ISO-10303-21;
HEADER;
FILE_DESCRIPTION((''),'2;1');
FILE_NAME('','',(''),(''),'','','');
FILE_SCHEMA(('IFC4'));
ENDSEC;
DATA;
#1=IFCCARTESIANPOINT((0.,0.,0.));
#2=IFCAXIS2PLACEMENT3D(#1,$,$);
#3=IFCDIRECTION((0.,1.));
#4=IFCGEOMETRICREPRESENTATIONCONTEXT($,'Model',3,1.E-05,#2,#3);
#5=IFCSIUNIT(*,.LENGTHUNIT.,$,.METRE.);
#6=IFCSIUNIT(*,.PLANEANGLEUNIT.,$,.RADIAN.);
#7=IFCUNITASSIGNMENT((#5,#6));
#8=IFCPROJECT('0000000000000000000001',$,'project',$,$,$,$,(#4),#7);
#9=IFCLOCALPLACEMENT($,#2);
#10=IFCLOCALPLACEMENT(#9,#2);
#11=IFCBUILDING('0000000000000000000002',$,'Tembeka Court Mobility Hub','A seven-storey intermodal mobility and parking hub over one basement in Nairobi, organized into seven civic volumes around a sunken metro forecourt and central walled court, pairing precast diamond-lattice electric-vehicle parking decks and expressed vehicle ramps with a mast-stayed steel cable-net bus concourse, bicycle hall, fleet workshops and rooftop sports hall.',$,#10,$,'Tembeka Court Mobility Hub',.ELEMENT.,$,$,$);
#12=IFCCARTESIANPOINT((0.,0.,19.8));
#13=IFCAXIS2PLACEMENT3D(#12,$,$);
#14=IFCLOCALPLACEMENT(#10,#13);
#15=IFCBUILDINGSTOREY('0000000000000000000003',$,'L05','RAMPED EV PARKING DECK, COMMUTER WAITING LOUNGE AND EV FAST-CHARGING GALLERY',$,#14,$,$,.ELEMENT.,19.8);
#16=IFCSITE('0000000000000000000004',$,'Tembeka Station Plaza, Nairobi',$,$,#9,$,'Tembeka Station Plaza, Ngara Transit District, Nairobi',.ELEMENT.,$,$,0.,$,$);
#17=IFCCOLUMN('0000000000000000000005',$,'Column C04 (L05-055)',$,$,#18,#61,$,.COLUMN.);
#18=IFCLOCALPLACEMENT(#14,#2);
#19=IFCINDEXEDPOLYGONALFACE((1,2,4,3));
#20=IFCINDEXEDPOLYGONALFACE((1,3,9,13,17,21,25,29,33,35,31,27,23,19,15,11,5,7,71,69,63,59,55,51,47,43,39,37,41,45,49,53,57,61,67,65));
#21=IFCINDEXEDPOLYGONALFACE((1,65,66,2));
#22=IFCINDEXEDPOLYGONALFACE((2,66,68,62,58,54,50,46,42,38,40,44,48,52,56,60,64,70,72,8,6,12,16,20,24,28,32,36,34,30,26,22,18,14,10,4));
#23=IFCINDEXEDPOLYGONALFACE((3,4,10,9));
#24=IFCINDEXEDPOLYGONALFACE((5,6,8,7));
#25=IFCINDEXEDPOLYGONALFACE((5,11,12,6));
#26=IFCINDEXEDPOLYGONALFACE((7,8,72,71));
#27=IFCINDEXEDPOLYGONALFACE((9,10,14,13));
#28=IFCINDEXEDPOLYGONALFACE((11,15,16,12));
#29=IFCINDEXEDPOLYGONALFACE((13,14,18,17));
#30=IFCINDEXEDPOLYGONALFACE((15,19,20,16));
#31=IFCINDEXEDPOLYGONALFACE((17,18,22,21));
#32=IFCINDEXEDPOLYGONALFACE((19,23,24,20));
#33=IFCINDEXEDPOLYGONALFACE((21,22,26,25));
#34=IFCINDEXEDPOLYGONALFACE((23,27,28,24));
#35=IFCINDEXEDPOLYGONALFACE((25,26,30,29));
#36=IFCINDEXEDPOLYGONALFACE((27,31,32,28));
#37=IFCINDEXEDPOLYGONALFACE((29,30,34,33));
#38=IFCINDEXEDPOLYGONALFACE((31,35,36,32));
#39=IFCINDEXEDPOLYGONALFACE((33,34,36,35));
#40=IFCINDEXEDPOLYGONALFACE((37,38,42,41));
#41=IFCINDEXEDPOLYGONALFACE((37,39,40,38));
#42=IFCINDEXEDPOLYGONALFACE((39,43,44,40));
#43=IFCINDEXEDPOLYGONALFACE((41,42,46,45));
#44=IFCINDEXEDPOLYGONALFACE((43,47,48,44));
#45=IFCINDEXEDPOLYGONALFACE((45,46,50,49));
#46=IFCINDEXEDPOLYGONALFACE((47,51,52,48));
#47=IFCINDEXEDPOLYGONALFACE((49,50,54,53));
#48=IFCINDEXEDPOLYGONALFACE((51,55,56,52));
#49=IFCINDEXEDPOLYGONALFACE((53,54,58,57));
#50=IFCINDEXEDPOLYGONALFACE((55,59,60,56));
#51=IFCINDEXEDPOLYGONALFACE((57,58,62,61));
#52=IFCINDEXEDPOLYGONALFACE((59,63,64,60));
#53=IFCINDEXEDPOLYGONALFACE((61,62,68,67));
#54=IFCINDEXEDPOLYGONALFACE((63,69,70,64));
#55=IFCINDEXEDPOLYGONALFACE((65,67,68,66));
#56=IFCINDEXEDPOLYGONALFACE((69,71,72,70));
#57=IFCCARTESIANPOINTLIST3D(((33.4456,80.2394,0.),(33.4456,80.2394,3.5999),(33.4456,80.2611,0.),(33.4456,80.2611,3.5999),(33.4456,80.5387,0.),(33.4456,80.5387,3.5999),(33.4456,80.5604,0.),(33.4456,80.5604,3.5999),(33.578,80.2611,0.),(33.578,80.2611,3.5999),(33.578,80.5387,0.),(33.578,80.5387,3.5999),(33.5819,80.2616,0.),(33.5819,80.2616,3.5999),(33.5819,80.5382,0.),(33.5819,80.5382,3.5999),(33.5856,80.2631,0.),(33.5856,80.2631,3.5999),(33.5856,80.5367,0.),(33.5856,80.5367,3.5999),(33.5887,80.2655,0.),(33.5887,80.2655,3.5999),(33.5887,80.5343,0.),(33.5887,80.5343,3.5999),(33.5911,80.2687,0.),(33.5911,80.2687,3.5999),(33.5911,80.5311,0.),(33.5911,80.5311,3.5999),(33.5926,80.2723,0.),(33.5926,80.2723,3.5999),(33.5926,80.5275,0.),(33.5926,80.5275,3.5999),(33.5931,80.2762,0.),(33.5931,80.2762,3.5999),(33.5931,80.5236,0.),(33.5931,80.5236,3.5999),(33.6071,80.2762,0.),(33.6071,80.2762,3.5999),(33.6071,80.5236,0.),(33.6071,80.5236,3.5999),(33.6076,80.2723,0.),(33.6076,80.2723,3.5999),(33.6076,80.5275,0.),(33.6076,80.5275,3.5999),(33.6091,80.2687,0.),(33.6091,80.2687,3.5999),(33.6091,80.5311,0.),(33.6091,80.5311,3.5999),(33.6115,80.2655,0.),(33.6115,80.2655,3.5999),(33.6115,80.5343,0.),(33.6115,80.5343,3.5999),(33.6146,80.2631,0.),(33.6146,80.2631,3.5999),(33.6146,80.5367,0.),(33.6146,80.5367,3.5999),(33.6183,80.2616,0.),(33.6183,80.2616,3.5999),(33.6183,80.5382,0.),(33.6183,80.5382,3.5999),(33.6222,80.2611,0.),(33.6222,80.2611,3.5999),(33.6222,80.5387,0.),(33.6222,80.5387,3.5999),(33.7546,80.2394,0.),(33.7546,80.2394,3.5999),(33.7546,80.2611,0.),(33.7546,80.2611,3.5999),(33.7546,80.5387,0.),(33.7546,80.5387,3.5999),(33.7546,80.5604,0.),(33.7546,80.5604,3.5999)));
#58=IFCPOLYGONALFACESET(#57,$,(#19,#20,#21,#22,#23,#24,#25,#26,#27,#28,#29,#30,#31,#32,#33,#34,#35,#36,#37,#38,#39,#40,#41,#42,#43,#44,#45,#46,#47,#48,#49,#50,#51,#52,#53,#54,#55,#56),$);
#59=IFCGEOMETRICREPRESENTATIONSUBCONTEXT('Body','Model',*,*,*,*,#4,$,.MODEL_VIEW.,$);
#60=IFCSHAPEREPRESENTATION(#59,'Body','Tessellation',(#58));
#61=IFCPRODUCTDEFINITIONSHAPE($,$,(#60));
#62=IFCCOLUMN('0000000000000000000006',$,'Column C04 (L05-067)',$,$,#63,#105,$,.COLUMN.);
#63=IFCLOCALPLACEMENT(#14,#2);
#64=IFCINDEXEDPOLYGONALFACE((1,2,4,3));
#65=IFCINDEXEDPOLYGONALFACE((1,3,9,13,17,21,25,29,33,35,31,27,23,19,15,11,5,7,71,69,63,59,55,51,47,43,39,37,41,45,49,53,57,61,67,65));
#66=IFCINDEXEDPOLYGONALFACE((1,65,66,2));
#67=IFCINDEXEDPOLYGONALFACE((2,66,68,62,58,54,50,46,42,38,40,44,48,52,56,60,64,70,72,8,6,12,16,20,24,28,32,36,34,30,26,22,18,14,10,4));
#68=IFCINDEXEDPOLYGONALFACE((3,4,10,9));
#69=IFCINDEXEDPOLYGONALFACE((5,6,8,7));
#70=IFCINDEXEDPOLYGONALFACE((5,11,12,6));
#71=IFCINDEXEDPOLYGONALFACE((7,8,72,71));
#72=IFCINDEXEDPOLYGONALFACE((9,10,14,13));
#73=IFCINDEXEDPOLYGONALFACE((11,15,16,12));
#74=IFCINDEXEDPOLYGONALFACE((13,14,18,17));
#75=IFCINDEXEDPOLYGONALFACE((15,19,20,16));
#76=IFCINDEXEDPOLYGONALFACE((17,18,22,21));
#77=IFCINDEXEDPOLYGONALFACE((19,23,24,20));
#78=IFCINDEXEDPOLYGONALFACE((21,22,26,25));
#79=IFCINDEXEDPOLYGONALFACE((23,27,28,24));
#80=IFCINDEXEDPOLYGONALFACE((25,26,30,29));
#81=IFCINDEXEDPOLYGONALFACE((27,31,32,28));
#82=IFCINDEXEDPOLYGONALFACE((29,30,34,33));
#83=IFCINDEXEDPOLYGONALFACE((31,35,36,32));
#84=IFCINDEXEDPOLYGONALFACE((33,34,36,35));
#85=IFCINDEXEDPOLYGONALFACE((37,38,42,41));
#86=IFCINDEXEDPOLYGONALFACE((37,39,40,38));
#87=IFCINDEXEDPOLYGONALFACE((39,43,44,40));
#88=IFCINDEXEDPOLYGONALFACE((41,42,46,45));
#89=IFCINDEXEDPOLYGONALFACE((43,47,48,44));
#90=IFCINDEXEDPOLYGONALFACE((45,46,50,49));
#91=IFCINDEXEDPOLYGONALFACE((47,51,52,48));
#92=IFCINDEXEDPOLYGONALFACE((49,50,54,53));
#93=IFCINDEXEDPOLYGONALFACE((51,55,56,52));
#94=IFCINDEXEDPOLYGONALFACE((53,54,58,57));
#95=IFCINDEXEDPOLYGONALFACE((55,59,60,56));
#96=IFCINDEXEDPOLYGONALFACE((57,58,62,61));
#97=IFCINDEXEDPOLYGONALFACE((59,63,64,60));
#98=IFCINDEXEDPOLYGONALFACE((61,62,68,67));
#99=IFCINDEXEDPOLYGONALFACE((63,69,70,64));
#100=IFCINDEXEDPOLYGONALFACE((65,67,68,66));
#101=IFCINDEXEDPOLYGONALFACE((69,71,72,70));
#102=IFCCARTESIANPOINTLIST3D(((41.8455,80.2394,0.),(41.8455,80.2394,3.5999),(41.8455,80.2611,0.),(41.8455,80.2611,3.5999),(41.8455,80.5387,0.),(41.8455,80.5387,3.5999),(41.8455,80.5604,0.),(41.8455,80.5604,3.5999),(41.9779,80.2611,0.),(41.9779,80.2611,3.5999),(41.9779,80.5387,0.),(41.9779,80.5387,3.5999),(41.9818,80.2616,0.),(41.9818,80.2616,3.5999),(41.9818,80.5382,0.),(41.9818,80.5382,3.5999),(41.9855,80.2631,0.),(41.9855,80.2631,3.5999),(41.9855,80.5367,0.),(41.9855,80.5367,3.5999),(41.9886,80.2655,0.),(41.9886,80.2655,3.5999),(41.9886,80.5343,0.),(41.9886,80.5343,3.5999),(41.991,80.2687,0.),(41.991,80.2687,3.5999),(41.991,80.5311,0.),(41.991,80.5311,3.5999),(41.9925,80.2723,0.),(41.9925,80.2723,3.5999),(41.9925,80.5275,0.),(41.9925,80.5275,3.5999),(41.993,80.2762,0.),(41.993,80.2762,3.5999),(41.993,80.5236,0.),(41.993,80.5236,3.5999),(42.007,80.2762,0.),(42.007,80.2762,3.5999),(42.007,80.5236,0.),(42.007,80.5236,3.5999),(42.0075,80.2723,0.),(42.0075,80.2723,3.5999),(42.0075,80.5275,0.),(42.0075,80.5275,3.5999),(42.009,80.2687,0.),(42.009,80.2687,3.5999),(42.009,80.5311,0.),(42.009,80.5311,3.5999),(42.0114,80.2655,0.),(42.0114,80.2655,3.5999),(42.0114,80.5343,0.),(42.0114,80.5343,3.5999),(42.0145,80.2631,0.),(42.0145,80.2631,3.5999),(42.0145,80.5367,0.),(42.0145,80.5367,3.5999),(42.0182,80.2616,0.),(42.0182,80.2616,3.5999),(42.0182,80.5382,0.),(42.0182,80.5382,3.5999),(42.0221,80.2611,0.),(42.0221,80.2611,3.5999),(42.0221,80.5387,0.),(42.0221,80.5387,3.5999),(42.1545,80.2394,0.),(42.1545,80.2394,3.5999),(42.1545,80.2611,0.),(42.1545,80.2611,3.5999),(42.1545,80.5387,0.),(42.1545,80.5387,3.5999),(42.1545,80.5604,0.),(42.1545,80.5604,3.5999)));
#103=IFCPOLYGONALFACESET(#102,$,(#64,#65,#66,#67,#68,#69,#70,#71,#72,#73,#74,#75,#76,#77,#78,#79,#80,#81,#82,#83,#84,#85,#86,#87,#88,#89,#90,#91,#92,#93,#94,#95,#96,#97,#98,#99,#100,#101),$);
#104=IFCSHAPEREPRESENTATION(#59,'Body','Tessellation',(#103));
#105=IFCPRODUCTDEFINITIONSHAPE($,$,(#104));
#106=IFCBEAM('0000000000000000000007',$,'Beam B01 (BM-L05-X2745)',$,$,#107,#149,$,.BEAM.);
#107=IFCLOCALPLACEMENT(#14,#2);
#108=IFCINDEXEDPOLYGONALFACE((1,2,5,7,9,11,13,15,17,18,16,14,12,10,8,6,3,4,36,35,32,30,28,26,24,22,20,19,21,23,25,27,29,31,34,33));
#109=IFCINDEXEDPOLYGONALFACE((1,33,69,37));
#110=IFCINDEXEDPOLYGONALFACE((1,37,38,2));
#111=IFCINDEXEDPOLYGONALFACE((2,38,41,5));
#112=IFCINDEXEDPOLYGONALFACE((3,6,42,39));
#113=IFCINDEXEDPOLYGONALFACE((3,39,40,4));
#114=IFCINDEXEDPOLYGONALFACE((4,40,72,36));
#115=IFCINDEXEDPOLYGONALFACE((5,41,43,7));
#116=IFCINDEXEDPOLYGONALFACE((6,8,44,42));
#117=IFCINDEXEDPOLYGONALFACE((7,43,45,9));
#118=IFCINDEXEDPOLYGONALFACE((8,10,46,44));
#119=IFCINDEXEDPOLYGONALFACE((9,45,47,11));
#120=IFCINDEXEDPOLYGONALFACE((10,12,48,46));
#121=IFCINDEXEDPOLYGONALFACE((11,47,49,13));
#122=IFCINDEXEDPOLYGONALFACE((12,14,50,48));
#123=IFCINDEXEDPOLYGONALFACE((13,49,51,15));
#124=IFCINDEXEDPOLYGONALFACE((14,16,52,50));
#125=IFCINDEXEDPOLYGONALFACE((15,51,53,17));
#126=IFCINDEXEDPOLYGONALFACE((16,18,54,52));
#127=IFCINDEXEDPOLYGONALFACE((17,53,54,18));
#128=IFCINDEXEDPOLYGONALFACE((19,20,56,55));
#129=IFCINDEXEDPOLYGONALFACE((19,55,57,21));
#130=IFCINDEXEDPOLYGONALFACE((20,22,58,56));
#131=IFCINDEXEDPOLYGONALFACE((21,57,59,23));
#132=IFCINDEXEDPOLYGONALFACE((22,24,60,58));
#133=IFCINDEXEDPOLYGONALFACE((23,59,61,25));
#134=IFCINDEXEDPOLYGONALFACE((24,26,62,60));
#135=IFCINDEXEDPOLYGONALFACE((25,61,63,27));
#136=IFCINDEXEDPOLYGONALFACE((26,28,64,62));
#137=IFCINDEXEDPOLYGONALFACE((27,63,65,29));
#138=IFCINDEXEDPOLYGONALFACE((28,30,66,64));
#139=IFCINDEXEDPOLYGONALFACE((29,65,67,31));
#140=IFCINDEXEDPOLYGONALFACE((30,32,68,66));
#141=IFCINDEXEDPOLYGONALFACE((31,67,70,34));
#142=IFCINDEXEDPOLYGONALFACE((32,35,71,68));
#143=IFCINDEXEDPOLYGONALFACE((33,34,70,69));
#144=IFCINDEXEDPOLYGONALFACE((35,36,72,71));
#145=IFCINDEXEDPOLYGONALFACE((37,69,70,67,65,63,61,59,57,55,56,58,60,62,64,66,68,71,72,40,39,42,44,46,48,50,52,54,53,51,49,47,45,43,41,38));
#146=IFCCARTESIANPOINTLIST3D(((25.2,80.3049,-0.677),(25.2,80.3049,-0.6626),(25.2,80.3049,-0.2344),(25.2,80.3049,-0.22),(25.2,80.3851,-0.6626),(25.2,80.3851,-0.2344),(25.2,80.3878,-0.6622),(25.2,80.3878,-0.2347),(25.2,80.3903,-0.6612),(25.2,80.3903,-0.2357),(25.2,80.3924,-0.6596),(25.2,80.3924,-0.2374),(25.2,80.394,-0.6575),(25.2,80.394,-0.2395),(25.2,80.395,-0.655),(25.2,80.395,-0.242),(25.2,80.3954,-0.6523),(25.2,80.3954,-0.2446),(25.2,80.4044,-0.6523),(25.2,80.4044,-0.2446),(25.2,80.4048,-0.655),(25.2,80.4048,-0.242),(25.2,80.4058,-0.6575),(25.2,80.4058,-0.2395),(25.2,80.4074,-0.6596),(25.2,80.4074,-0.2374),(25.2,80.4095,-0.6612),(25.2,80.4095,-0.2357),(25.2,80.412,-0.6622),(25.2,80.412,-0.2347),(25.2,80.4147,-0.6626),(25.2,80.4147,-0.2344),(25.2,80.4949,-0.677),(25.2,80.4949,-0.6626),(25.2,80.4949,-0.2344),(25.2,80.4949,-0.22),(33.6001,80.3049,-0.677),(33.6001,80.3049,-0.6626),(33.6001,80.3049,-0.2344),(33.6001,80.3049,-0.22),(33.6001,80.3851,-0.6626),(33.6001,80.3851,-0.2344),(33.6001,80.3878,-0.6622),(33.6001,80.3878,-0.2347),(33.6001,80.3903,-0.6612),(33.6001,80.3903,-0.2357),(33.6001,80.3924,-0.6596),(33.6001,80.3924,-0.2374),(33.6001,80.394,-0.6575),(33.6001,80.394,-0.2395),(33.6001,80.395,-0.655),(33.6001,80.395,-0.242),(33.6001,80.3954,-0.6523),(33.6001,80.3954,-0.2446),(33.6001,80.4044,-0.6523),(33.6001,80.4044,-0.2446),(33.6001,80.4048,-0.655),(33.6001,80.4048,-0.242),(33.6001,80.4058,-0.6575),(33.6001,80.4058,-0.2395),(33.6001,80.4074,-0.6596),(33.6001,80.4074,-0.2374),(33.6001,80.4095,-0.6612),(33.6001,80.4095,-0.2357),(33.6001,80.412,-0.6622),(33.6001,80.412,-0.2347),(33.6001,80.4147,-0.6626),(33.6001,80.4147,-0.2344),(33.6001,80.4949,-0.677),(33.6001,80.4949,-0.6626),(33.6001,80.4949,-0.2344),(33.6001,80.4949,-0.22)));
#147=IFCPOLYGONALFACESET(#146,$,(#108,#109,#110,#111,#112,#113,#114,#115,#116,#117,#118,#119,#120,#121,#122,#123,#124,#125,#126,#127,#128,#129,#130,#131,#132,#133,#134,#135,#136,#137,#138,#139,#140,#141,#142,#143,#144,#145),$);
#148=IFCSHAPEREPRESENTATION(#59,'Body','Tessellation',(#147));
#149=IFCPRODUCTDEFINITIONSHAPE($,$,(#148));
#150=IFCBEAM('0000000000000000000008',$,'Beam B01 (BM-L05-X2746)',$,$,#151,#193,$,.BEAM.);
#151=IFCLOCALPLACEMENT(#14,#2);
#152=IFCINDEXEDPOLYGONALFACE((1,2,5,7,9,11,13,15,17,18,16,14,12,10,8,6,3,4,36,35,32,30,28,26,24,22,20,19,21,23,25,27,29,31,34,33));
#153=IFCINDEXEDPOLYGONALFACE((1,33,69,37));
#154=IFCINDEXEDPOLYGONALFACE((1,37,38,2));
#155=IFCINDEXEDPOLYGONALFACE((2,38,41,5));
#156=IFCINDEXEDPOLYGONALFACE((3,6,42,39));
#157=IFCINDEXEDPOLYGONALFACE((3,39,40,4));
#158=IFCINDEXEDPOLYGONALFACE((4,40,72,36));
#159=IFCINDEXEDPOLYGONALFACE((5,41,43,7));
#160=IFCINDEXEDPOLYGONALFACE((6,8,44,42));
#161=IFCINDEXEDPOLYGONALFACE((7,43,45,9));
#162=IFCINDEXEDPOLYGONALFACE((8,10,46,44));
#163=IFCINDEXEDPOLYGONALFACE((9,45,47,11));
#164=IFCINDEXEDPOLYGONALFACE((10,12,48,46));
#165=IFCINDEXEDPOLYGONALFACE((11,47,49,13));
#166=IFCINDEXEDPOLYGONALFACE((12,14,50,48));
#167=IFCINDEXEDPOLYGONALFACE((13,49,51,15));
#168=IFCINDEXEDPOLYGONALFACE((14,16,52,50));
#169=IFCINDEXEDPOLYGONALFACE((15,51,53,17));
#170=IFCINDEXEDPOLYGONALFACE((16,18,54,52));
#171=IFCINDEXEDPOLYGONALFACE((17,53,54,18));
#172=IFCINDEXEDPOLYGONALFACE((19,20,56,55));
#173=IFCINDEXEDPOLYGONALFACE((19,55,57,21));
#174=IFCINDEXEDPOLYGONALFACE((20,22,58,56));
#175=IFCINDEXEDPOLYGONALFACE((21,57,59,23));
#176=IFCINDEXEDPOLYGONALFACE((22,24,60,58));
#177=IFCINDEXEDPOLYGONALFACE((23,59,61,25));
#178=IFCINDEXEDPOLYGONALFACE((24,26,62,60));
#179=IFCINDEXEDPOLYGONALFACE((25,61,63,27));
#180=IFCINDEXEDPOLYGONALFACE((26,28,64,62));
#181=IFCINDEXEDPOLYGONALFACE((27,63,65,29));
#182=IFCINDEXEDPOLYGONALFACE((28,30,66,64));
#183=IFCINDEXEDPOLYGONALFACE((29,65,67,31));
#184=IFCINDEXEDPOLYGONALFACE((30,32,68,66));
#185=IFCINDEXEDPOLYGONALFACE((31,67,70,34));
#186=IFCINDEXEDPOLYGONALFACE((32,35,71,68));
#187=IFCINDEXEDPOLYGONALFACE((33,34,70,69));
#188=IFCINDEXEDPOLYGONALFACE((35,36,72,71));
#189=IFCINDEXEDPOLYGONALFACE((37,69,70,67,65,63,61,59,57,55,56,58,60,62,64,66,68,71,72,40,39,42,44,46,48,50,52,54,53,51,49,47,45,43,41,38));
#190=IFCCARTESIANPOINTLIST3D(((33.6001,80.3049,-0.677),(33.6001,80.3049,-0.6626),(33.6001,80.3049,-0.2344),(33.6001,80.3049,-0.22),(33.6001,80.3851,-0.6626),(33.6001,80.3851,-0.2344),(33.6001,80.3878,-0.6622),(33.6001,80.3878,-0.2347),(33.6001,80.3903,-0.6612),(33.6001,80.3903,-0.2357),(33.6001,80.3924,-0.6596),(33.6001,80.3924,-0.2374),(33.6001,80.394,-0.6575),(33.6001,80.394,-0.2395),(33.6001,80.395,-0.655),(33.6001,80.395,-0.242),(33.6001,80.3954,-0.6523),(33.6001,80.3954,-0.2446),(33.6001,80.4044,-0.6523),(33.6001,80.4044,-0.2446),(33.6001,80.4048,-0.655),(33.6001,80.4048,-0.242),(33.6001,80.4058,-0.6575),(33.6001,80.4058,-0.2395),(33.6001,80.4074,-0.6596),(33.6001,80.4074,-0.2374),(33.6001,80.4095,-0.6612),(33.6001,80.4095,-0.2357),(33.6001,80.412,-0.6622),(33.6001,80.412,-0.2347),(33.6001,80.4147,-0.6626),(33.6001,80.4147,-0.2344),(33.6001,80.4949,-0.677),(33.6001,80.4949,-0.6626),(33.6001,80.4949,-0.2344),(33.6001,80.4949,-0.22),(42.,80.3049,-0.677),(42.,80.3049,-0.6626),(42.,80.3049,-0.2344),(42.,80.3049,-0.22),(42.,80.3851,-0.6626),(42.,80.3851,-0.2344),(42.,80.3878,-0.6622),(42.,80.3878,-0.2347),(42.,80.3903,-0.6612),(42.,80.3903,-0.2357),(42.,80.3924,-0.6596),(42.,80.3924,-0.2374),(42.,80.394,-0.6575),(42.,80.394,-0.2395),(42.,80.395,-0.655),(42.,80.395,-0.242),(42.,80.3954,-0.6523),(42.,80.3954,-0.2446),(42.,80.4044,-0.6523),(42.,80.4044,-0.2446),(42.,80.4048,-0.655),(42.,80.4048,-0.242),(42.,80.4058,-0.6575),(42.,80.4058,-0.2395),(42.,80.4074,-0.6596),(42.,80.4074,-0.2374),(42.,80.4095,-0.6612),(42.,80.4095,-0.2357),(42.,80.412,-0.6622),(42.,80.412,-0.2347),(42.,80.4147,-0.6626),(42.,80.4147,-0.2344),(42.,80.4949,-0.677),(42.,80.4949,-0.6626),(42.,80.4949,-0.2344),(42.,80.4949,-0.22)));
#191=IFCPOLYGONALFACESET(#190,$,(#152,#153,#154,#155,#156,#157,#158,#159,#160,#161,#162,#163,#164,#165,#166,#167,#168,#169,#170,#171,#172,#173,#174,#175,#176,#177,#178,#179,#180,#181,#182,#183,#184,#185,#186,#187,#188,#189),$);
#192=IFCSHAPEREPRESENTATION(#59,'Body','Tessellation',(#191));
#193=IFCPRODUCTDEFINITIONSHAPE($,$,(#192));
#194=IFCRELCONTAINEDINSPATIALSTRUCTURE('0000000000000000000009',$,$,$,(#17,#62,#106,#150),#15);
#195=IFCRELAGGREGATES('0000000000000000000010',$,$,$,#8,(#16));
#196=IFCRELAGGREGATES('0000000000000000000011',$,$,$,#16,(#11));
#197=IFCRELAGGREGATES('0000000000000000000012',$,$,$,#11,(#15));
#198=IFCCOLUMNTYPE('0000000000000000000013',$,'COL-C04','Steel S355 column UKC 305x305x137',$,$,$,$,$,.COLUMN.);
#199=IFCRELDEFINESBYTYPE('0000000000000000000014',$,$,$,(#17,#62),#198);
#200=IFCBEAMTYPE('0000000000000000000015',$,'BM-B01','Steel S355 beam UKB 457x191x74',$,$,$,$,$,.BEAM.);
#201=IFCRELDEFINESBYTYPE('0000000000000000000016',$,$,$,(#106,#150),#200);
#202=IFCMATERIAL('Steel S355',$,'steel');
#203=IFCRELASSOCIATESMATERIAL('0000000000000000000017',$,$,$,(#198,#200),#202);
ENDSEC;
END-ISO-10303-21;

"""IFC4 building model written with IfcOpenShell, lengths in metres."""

from ifc_helpers import new_model, si_unit, direction, frame, origin, origin_2d, place, context, subcontext, project, spatial, i_section, extrude, material, material_profile, profile_set, type_object, element, save


model = new_model("IFC4")

# Units and contexts
model_context = context("Model", 3, precision=1e-05, world=origin(), true_north=direction((0.0, 1.0)))
body_context = subcontext(model_context, "Body", "Model", "MODEL_VIEW")
ifc_project = project(units=[si_unit("LENGTHUNIT", "METRE"), si_unit("PLANEANGLEUNIT", "RADIAN")], contexts=[model_context])

# Site, building, storey
site_placement = place(None, origin())
site = spatial("IfcSite", under=ifc_project, at=site_placement, Name="Tembeka Station Plaza, Nairobi", LongName="Tembeka Station Plaza, Ngara Transit District, Nairobi", CompositionType="ELEMENT", RefElevation=0.0)
building_placement = place(site_placement, origin())
building = spatial("IfcBuilding", under=site, at=building_placement, Name="Tembeka Court Mobility Hub", Description="A seven-storey intermodal mobility and parking hub over one basement in Nairobi, organized into seven civic volumes around a sunken metro forecourt and central walled court, pairing precast diamond-lattice electric-vehicle parking decks and expressed vehicle ramps with a mast-stayed steel cable-net bus concourse, bicycle hall, fleet workshops and rooftop sports hall.", LongName="Tembeka Court Mobility Hub", CompositionType="ELEMENT")
storey_placement = place(building_placement, frame((0.0, 0.0, 19.8)))
storey = spatial("IfcBuildingStorey", under=building, at=storey_placement, Name="L05", Description="RAMPED EV PARKING DECK, COMMUTER WAITING LOUNGE AND EV FAST-CHARGING GALLERY", CompositionType="ELEMENT", Elevation=19.8)

# Columns
ifc_material = material(Name="Steel S355", Category="steel")
ifc_material_profile_1 = material_profile(ifc_material, i_section(OverallWidth=0.3091, OverallDepth=0.321, WebThickness=0.0139, FlangeThickness=0.0217, FilletRadius=0.0151, at=origin_2d()), Name="UKC 305x305x137")
ifc_profile_set_1 = profile_set([ifc_material_profile_1], Name="Steel S355")
column_type = type_object("IfcColumnType", Name="COL-C04", Description="Steel S355 column UKC 305x305x137", PredefinedType="COLUMN", material=ifc_profile_set_1)
for number, where, z_axis, x_axis, name in (
    (1, (33.6001, 80.3999, 0.0), (0.0, 0.0, 1.0), (1.0, 0.0, 0.0), "Column C04 (L05-055)"),
    (2, (42.0, 80.3999, 0.0), (0.0, 0.0, 1.0), (1.0, 0.0, 0.0), "Column C04 (L05-067)"),
):
    element("IfcColumn", number, at=place(storey_placement, frame(where, z_axis=z_axis, x_axis=x_axis)), inside=storey, type_object=column_type, Name=name, PredefinedType="COLUMN", context=body_context, shape_type="SweptSolid", body=[
        extrude(i_section(OverallWidth=0.3091, OverallDepth=0.321, WebThickness=0.0139, FlangeThickness=0.0217, FilletRadius=0.0151, at=origin_2d()), origin(), (0.0, 0.0, 1.0), 3.5999),
    ])

# Beams
ifc_material_profile_2 = material_profile(ifc_material, i_section(OverallWidth=0.1899, OverallDepth=0.457, WebThickness=0.009, FlangeThickness=0.0144, FilletRadius=0.0103, at=origin_2d()), Name="UKB 457x191x74")
ifc_profile_set_2 = profile_set([ifc_material_profile_2], Name="Steel S355")
beam_type_1 = type_object("IfcBeamType", Name="BM-B01", Description="Steel S355 beam UKB 457x191x74", PredefinedType="BEAM", material=ifc_profile_set_2)
beam_1_placement = place(storey_placement, frame((25.2, 80.3999, -0.4485), z_axis=(1.0, 0.0, 0.0), x_axis=(0.0, 1.0, 0.0)))
element("IfcBeam", 3, at=beam_1_placement, inside=storey, type_object=beam_type_1, Name="Beam B01 (BM-L05-X2745)", PredefinedType="BEAM", context=body_context, shape_type="SweptSolid", body=[
    extrude(i_section(OverallWidth=0.1899, OverallDepth=0.457, WebThickness=0.009, FlangeThickness=0.0144, FilletRadius=0.0103, at=origin_2d()), origin(), (0.0, 0.0, 1.0), 8.4001),
])
for number, where, z_axis, x_axis, name in (
    (4, (33.6001, 80.3999, -0.4485), (1.0, 0.0, 0.0), (0.0, 1.0, 0.0), "Beam B01 (BM-L05-X2746)"),
):
    element("IfcBeam", number, at=place(storey_placement, frame(where, z_axis=z_axis, x_axis=x_axis)), inside=storey, type_object=beam_type_1, Name=name, PredefinedType="BEAM", context=body_context, shape_type="SweptSolid", body=[
        extrude(i_section(OverallWidth=0.1899, OverallDepth=0.457, WebThickness=0.009, FlangeThickness=0.0144, FilletRadius=0.0103, at=origin_2d()), origin(), (0.0, 0.0, 1.0), 8.3999),
    ])

save(model, "model.ifc")
